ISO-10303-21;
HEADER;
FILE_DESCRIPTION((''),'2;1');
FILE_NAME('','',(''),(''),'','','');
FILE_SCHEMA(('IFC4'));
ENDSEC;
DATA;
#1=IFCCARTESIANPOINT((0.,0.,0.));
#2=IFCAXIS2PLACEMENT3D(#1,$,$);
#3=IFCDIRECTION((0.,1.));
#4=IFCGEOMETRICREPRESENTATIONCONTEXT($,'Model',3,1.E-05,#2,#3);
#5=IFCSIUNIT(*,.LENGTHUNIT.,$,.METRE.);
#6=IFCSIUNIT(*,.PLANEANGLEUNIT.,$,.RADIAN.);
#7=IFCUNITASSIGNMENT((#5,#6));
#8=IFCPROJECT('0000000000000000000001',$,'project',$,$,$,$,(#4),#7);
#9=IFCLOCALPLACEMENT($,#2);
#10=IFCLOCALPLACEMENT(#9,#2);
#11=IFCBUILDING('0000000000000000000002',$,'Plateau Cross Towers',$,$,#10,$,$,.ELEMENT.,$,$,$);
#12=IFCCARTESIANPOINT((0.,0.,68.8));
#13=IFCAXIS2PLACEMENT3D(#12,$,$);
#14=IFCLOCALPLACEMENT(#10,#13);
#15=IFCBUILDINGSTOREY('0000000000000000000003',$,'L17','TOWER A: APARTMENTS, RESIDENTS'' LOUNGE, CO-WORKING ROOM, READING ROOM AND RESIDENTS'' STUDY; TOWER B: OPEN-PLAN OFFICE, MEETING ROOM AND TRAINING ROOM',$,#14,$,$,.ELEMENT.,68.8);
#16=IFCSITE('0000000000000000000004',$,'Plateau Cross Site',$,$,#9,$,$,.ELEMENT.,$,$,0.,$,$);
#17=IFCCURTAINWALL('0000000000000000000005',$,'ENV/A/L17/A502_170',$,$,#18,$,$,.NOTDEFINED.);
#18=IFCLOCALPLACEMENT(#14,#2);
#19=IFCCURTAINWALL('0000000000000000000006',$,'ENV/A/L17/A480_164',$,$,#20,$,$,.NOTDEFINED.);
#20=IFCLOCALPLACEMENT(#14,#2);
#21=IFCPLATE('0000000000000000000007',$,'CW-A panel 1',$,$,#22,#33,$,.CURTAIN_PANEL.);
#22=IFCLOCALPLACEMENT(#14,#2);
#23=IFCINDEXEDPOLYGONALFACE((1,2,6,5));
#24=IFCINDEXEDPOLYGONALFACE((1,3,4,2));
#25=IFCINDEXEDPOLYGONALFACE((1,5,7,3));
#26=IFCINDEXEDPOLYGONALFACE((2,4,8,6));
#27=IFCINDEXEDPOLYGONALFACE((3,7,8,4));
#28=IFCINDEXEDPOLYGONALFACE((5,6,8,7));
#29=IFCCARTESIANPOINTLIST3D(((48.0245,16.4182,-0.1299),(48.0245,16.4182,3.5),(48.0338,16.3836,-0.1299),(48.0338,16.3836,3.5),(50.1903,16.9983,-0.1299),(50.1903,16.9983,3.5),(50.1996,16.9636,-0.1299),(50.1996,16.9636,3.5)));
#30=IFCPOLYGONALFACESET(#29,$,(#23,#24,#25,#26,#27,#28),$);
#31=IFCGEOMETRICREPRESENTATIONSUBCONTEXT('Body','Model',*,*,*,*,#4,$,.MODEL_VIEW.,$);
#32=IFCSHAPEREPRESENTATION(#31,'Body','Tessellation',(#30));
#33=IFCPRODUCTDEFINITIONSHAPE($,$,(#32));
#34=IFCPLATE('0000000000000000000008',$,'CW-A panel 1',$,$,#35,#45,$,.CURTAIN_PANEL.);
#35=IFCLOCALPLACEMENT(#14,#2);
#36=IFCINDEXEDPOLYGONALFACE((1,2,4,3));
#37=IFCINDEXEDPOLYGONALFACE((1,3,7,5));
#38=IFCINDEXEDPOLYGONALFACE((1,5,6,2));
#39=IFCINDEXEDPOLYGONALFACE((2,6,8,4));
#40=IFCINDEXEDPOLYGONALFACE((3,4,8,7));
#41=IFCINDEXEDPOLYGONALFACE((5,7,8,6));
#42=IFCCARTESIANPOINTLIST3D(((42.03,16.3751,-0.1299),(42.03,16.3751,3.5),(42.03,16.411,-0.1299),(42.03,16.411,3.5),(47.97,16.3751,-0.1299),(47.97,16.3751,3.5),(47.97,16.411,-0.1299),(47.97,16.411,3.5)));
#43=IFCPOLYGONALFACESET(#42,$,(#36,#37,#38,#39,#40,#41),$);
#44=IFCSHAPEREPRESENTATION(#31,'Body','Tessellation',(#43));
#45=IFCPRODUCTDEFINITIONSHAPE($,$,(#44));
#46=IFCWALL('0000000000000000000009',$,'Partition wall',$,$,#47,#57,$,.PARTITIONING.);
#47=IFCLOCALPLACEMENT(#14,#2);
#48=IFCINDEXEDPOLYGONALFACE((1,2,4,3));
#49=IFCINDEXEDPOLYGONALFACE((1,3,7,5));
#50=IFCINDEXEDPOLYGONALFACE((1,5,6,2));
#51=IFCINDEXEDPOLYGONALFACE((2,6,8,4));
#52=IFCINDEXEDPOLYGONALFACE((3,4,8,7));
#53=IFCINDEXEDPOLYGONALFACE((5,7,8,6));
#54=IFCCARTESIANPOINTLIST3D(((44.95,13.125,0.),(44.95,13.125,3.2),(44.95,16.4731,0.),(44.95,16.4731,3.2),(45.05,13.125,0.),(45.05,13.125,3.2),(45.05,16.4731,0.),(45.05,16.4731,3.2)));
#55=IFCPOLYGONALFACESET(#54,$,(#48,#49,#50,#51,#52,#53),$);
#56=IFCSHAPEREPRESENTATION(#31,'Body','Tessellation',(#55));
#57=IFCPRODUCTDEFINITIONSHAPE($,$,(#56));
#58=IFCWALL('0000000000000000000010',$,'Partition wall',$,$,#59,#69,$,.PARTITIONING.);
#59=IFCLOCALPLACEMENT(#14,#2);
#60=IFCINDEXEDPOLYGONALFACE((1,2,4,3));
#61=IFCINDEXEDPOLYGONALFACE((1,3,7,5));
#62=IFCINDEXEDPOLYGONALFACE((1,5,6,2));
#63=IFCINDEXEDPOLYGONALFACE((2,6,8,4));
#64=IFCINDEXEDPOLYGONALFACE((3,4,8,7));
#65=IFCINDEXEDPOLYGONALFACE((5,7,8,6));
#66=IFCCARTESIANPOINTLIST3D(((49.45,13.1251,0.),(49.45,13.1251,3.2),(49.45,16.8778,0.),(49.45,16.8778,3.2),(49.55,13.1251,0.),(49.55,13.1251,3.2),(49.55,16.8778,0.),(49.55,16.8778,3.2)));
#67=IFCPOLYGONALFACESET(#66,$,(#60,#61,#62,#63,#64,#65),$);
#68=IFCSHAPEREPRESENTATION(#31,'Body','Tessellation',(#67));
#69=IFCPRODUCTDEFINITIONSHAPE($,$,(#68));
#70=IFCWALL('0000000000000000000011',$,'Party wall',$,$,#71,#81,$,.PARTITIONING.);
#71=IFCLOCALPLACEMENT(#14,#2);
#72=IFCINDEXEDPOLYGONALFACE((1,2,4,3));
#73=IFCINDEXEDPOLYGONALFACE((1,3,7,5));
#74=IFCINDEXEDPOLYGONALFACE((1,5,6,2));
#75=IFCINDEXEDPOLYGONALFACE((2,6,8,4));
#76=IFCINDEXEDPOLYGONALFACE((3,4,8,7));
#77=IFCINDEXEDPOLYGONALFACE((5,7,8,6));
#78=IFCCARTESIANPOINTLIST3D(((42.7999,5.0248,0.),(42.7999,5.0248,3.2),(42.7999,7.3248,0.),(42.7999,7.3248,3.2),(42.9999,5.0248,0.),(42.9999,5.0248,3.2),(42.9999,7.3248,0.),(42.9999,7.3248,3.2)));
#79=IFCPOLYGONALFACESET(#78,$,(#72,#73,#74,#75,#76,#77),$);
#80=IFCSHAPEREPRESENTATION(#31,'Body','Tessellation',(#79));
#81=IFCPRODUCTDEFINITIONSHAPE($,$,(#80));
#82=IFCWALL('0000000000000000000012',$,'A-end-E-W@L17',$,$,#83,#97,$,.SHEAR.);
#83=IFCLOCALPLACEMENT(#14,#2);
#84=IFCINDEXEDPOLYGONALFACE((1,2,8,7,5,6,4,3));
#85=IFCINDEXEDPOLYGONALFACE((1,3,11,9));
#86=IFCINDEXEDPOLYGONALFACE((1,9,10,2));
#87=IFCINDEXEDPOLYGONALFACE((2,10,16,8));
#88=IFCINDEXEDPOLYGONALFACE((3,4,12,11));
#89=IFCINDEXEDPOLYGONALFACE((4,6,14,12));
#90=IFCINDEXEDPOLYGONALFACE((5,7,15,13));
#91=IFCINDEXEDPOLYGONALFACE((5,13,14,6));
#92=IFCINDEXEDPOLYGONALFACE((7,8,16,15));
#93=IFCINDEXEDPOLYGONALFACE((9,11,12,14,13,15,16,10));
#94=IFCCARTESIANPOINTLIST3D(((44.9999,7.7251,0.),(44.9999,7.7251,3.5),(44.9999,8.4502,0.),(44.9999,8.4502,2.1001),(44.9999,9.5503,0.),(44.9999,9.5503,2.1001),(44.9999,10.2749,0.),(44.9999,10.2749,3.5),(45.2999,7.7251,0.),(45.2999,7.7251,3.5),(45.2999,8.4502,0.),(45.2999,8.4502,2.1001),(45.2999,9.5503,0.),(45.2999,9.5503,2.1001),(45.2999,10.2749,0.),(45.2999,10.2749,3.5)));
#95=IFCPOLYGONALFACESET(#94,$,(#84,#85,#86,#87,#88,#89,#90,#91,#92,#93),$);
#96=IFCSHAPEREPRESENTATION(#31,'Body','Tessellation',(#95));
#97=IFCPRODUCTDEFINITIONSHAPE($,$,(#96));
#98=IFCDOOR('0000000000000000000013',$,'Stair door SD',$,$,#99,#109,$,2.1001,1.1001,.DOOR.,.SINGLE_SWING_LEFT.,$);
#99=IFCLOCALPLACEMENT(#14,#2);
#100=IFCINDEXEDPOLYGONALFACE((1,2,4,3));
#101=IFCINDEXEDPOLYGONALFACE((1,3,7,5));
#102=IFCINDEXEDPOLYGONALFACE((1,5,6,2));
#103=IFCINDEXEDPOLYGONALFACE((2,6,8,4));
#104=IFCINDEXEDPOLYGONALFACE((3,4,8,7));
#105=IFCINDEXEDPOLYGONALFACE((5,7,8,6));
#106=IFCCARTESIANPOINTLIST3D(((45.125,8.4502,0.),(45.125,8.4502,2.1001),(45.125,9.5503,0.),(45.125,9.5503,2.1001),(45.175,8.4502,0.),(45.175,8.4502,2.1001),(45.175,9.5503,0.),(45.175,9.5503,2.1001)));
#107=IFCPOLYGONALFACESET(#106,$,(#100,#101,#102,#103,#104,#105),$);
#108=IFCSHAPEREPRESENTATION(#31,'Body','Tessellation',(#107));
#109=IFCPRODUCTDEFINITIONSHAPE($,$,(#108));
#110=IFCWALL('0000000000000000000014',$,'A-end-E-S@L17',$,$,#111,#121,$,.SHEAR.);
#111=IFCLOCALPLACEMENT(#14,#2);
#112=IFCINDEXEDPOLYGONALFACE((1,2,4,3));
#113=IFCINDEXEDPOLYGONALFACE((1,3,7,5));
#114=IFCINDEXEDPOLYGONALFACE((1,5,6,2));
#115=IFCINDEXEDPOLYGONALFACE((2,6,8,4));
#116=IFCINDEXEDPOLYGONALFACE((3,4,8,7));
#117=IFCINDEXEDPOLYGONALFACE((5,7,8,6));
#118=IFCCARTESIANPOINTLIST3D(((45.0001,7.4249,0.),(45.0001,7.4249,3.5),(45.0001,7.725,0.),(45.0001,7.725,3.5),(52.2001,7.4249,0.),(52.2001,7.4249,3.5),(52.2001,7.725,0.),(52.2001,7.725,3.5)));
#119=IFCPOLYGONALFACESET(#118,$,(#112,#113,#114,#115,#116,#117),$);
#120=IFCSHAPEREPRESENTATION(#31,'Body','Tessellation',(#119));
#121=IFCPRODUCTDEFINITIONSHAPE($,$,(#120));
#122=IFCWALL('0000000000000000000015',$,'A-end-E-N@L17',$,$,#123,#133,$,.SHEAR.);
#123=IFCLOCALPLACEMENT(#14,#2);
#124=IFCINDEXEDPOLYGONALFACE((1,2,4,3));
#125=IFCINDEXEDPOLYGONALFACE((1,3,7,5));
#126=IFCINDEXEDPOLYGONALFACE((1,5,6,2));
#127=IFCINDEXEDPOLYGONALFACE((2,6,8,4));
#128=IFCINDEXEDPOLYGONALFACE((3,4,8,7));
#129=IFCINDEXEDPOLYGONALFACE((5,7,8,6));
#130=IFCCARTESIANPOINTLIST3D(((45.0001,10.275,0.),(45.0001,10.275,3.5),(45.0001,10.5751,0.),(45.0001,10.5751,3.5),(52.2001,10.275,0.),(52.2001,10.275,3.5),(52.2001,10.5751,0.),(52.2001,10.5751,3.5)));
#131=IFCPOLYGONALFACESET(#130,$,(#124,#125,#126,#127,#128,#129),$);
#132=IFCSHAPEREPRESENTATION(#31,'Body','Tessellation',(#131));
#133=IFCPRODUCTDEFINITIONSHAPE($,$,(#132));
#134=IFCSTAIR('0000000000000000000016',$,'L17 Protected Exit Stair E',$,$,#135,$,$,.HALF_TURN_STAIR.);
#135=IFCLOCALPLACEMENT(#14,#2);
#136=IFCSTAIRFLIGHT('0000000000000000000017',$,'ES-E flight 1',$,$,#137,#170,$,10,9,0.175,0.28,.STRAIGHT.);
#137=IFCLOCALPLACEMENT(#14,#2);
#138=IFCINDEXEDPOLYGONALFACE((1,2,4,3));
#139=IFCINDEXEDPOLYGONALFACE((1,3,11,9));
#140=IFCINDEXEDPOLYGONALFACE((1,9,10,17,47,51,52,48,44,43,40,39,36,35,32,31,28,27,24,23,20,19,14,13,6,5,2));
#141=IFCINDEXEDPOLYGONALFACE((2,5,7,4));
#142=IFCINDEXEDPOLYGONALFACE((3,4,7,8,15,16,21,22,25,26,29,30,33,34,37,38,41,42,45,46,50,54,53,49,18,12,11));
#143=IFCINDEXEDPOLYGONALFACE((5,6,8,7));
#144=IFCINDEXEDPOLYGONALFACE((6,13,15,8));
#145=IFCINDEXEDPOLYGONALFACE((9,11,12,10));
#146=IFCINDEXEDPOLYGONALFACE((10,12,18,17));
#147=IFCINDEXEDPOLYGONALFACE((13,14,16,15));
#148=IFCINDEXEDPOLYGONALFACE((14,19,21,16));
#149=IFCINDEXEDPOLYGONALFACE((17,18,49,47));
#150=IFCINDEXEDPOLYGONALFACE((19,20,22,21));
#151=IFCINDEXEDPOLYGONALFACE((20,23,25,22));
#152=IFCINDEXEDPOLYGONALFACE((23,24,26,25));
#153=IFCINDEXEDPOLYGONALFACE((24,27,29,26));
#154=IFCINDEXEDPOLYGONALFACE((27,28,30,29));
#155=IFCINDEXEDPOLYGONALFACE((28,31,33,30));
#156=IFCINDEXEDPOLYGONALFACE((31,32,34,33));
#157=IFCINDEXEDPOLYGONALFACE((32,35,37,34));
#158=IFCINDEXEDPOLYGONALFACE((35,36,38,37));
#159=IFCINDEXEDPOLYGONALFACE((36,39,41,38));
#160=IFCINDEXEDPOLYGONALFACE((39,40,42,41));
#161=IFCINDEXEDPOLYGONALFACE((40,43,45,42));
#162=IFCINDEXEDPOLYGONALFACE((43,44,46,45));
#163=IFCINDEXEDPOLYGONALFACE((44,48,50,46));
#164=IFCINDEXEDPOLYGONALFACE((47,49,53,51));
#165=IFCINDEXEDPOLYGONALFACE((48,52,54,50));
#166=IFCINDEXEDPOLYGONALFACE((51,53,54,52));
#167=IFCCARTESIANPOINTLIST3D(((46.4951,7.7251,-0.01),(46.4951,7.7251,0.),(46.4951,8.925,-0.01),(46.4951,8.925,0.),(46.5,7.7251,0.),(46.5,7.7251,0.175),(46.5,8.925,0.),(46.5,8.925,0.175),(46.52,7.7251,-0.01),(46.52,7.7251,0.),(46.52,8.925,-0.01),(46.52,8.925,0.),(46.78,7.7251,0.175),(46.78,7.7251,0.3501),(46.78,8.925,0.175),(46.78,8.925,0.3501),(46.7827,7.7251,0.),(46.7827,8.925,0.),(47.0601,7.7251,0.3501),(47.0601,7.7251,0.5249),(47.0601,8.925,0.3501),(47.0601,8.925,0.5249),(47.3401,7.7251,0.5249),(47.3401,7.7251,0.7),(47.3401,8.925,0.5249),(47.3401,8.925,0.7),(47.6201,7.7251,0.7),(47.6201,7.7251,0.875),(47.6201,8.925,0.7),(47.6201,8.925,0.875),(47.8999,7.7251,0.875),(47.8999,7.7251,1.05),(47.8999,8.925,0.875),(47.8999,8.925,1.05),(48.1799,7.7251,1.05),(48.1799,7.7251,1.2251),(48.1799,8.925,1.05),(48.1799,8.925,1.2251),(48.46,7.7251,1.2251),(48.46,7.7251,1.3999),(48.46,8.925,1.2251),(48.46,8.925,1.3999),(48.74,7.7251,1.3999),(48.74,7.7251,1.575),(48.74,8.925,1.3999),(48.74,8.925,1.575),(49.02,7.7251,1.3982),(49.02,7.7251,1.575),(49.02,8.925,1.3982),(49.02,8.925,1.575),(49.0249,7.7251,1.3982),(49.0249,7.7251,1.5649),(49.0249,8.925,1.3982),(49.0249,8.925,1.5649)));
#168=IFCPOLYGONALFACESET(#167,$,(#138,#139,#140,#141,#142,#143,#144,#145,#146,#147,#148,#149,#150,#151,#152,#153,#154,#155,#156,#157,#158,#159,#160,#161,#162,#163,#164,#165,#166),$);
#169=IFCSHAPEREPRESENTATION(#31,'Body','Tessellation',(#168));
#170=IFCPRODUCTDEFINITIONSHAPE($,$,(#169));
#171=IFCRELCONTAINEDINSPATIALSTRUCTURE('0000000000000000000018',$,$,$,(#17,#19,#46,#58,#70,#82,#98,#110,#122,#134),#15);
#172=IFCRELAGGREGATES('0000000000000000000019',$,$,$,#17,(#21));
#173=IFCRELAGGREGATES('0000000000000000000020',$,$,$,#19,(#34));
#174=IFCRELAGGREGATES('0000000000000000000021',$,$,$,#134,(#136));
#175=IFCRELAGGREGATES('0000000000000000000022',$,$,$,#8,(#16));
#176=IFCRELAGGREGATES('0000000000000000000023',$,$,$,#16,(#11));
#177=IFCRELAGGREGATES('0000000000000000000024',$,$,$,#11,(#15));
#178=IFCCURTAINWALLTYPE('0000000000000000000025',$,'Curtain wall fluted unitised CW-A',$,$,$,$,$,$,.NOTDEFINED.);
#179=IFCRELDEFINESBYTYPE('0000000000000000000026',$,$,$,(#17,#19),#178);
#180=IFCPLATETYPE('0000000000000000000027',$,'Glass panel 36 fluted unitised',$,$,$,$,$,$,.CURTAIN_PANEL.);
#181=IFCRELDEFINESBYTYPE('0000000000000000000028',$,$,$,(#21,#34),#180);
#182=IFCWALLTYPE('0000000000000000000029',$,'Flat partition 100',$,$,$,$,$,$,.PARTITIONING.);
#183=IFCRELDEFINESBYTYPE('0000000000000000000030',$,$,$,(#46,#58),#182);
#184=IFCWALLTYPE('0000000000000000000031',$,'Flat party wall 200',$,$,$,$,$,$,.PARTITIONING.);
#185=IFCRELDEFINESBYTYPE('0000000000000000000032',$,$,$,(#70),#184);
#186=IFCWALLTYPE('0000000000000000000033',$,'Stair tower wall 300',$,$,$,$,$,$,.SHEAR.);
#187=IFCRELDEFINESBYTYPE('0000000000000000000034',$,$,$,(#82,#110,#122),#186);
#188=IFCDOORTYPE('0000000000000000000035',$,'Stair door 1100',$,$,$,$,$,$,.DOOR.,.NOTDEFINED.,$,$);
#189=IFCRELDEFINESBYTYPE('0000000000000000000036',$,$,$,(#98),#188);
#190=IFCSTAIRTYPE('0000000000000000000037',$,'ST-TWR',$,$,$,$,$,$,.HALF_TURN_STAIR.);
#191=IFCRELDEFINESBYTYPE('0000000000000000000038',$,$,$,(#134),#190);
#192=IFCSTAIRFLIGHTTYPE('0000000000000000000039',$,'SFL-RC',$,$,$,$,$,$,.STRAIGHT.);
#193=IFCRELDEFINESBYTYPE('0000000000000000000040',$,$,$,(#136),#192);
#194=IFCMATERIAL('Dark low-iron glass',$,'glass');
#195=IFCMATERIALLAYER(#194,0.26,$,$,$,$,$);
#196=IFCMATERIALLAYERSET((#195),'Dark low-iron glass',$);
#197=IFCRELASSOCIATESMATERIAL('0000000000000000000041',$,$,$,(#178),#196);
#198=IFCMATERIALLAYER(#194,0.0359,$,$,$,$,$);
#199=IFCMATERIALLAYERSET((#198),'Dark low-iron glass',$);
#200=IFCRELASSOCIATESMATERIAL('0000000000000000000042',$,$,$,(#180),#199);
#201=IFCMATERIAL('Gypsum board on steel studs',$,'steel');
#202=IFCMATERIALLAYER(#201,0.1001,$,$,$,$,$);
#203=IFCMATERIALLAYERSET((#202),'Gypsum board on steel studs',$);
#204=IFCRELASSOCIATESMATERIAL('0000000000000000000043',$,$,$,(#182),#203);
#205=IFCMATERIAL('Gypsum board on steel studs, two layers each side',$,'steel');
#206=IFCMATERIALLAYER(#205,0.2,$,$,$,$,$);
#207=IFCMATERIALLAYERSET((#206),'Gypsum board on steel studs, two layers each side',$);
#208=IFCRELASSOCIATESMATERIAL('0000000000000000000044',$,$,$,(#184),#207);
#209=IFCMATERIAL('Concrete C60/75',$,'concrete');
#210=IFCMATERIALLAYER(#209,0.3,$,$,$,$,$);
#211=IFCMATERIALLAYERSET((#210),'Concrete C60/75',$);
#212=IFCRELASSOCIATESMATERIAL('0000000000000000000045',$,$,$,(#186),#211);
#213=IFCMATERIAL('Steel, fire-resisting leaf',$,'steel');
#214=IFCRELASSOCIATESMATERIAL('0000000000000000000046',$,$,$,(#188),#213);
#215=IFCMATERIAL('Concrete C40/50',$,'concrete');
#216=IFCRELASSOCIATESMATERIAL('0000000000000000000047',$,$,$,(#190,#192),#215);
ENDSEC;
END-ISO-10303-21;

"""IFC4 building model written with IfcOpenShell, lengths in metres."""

from ifc_helpers import new_model, si_unit, direction, frame, frame_2d, origin, origin_2d, place, context, subcontext, project, spatial, polyline, rectangle, outline, extrude, material, layer, layer_set, type_object, element, fill, aggregate, save


model = new_model("IFC4")

# Units and contexts
model_context = context("Model", 3, precision=1e-05, world=origin(), true_north=direction((0.0, 1.0)))
body_context = subcontext(model_context, "Body", "Model", "MODEL_VIEW")
ifc_project = project(units=[si_unit("LENGTHUNIT", "METRE"), si_unit("PLANEANGLEUNIT", "RADIAN")], contexts=[model_context])

# Site, building, storey
site_placement = place(None, origin())
site = spatial("IfcSite", under=ifc_project, at=site_placement, Name="Plateau Cross Site", CompositionType="ELEMENT", RefElevation=0.0)
building_placement = place(site_placement, origin())
building = spatial("IfcBuilding", under=site, at=building_placement, Name="Plateau Cross Towers", CompositionType="ELEMENT")
storey_placement = place(building_placement, frame((0.0, 0.0, 68.8)))
storey = spatial("IfcBuildingStorey", under=building, at=storey_placement, Name="L17", Description="TOWER A: APARTMENTS, RESIDENTS' LOUNGE, CO-WORKING ROOM, READING ROOM AND RESIDENTS' STUDY; TOWER B: OPEN-PLAN OFFICE, MEETING ROOM AND TRAINING ROOM", CompositionType="ELEMENT", Elevation=68.8)

# Curtain walls
ifc_material_1 = material(Name="Dark low-iron glass", Category="glass")
ifc_layer_1 = layer(ifc_material_1, 0.26)
ifc_layer_set_1 = layer_set([ifc_layer_1], Name="Dark low-iron glass")
curtain_wall_type_1 = type_object("IfcCurtainWallType", Name="Curtain wall fluted unitised CW-A", PredefinedType="NOTDEFINED", material=ifc_layer_set_1)
curtain_wall_1_placement = place(storey_placement, origin())
curtain_wall_1 = element("IfcCurtainWall", 1, at=curtain_wall_1_placement, inside=storey, type_object=curtain_wall_type_1, Name="ENV/A/L17/A502_170", PredefinedType="NOTDEFINED")
curtain_wall_2_placement = place(storey_placement, origin())
curtain_wall_2 = element("IfcCurtainWall", 2, at=curtain_wall_2_placement, inside=storey, type_object=curtain_wall_type_1, Name="ENV/A/L17/A480_164", PredefinedType="NOTDEFINED")

# Shared definitions
ifc_layer_2 = layer(ifc_material_1, 0.0359)
ifc_layer_set_2 = layer_set([ifc_layer_2], Name="Dark low-iron glass")
plate_type_1 = type_object("IfcPlateType", Name="Glass panel 36 fluted unitised", PredefinedType="CURTAIN_PANEL", material=ifc_layer_set_2)

# Plates
plate_1_placement = place(storey_placement, frame((49.1121, 16.6909, -0.1299), z_axis=(0.0, 0.0, 1.0), x_axis=(-0.965958, -0.258699, 0.0)))
plate_1 = element("IfcPlate", 3, at=plate_1_placement, type_object=plate_type_1, Name="CW-A panel 1", PredefinedType="CURTAIN_PANEL", context=body_context, shape_type="SweptSolid", body=[
    extrude(rectangle(XDim=2.2422, YDim=0.0359, at=origin_2d()), origin(), (0.0, 0.0, 1.0), 3.6299),
])
aggregate(curtain_wall_1, [plate_1])
plate_2_placement = place(storey_placement, frame((45.0, 16.3931, -0.1299), z_axis=(0.0, 0.0, 1.0), x_axis=(-1.0, 0.0, 0.0)))
plate_2 = element("IfcPlate", 4, at=plate_2_placement, type_object=plate_type_1, Name="CW-A panel 1", PredefinedType="CURTAIN_PANEL", context=body_context, shape_type="SweptSolid", body=[
    extrude(rectangle(XDim=5.9399, YDim=0.0359, at=origin_2d()), origin(), (0.0, 0.0, 1.0), 3.6299),
])
aggregate(curtain_wall_2, [plate_2])

# Walls
ifc_material_2 = material(Name="Gypsum board on steel studs", Category="steel")
ifc_layer_3 = layer(ifc_material_2, 0.1001)
ifc_layer_set_3 = layer_set([ifc_layer_3], Name="Gypsum board on steel studs")
wall_type_1 = type_object("IfcWallType", Name="Flat partition 100", PredefinedType="PARTITIONING", material=ifc_layer_set_3)
wall_1_placement = place(storey_placement, frame((45.0, 13.125, 0.0), z_axis=(0.0, 0.0, 1.0), x_axis=(0.0, 1.0, 0.0)))
element("IfcWall", 5, at=wall_1_placement, inside=storey, type_object=wall_type_1, Name="Partition wall", PredefinedType="PARTITIONING", context=body_context, shape_type="SweptSolid", body=[
    extrude(rectangle(XDim=3.3481, YDim=0.1001, at=frame_2d((1.6741, 0.0))), origin(), (0.0, 0.0, 1.0), 3.2),
])
wall_2_placement = place(storey_placement, frame((49.5, 13.125, 0.0), z_axis=(0.0, 0.0, 1.0), x_axis=(0.0, 1.0, 0.0)))
element("IfcWall", 6, at=wall_2_placement, inside=storey, type_object=wall_type_1, Name="Partition wall", PredefinedType="PARTITIONING", context=body_context, shape_type="SweptSolid", body=[
    extrude(rectangle(XDim=3.7527, YDim=0.1001, at=frame_2d((1.8765, 0.0))), origin(), (0.0, 0.0, 1.0), 3.2),
])
ifc_material_3 = material(Name="Gypsum board on steel studs, two layers each side", Category="steel")
ifc_layer_4 = layer(ifc_material_3, 0.2)
ifc_layer_set_4 = layer_set([ifc_layer_4], Name="Gypsum board on steel studs, two layers each side")
wall_type_2 = type_object("IfcWallType", Name="Flat party wall 200", PredefinedType="PARTITIONING", material=ifc_layer_set_4)
wall_3_placement = place(storey_placement, frame((42.8999, 5.0249, 0.0), z_axis=(0.0, 0.0, 1.0), x_axis=(0.0, 1.0, 0.0)))
element("IfcWall", 7, at=wall_3_placement, inside=storey, type_object=wall_type_2, Name="Party wall", PredefinedType="PARTITIONING", context=body_context, shape_type="SweptSolid", body=[
    extrude(rectangle(XDim=2.3, YDim=0.2, at=frame_2d((1.1499, 0.0))), origin(), (0.0, 0.0, 1.0), 3.2),
])

# Wall, opening, door
ifc_material_4 = material(Name="Concrete C60/75", Category="concrete")
ifc_layer_5 = layer(ifc_material_4, 0.3)
ifc_layer_set_5 = layer_set([ifc_layer_5], Name="Concrete C60/75")
wall_type_3 = type_object("IfcWallType", Name="Stair tower wall 300", PredefinedType="SHEAR", material=ifc_layer_set_5)
wall_4_placement = place(storey_placement, frame((45.1499, 7.7251, 0.0), z_axis=(0.0, 0.0, 1.0), x_axis=(0.0, 1.0, 0.0)))
wall_4 = element("IfcWall", 8, at=wall_4_placement, inside=storey, type_object=wall_type_3, Name="A-end-E-W@L17", PredefinedType="SHEAR", context=body_context, shape_type="SweptSolid", body=[
    extrude(rectangle(XDim=2.5498, YDim=0.3, at=frame_2d((1.2749, 0.0))), origin(), (0.0, 0.0, 1.0), 3.5),
])
opening_placement = place(wall_4_placement, frame((0.7251, 0.0, 0.0)))
opening = element("IfcOpeningElement", 9, at=opening_placement, cuts=wall_4, PredefinedType="OPENING", context=body_context, shape_type="SweptSolid", body=[
    extrude(rectangle(XDim=1.1001, YDim=2.1001, at=frame_2d((0.55, 1.05))), frame((0.0, 0.1599, 0.0), z_axis=(0.0, -1.0, 0.0), x_axis=(1.0, 0.0, 0.0)), (0.0, 0.0, 1.0), 0.3201),
])
ifc_material_5 = material(Name="Steel, fire-resisting leaf", Category="steel")
door_type = type_object("IfcDoorType", Name="Stair door 1100", OperationType="NOTDEFINED", PredefinedType="DOOR", material=ifc_material_5)
door_placement = place(opening_placement, origin())
door = element("IfcDoor", 10, at=door_placement, inside=storey, type_object=door_type, Name="Stair door SD", OperationType="SINGLE_SWING_LEFT", OverallHeight=2.1001, OverallWidth=1.1001, PredefinedType="DOOR", context=body_context, shape_type="SweptSolid", body=[
    extrude(rectangle(XDim=1.1001, YDim=2.1001, at=frame_2d((0.55, 1.05))), frame((0.0, 0.0249, 0.0), z_axis=(0.0, -1.0, 0.0), x_axis=(1.0, 0.0, 0.0)), (0.0, 0.0, 1.0), 0.05),
])
fill(opening, door)

# Walls
for number, where, z_axis, x_axis, name in (
    (11, (45.0, 7.575, 0.0), (0.0, 0.0, 1.0), (1.0, 0.0, 0.0), "A-end-E-S@L17"),
    (12, (45.0, 10.425, 0.0), (0.0, 0.0, 1.0), (1.0, 0.0, 0.0), "A-end-E-N@L17"),
):
    element("IfcWall", number, at=place(storey_placement, frame(where, z_axis=z_axis, x_axis=x_axis)), inside=storey, type_object=wall_type_3, Name=name, PredefinedType="SHEAR", context=body_context, shape_type="SweptSolid", body=[
        extrude(rectangle(XDim=7.2, YDim=0.3, at=frame_2d((3.6001, 0.0))), origin(), (0.0, 0.0, 1.0), 3.5),
    ])

# Stair, stair flight
ifc_material_6 = material(Name="Concrete C40/50", Category="concrete")
stair_type = type_object("IfcStairType", Name="ST-TWR", PredefinedType="HALF_TURN_STAIR", material=ifc_material_6)
stair_placement = place(storey_placement, origin())
stair = element("IfcStair", 13, at=stair_placement, inside=storey, type_object=stair_type, Name="L17 Protected Exit Stair E", PredefinedType="HALF_TURN_STAIR")
stair_flight_type = type_object("IfcStairFlightType", Name="SFL-RC", PredefinedType="STRAIGHT", material=ifc_material_6)
stair_flight_1_placement = place(storey_placement, frame((46.5, 8.325, 0.0), z_axis=(0.0, 0.0, 1.0), x_axis=(1.0, 0.0, 0.0)))
stair_flight_1 = element("IfcStairFlight", 14, at=stair_flight_1_placement, type_object=stair_flight_type, Name="ES-E flight 1", NumberOfRisers=10, NumberOfTreads=9, PredefinedType="STRAIGHT", RiserHeight=0.175, TreadLength=0.28, context=body_context, shape_type="SweptSolid", body=[
    extrude(outline(polyline([(-0.0049, -0.01), (-0.0049, 0.0), (0.0, 0.0), (0.0, 0.175), (0.28, 0.175), (0.28, 0.3501), (0.5601, 0.3501), (0.5601, 0.5249), (0.8401, 0.5249), (0.8401, 0.7), (1.1201, 0.7), (1.1201, 0.875), (1.3999, 0.875), (1.3999, 1.05), (1.6799, 1.05), (1.6799, 1.2251), (1.96, 1.2251), (1.96, 1.3999), (2.24, 1.3999), (2.24, 1.575), (2.52, 1.575), (2.5249, 1.5649), (2.5249, 1.3982), (2.52, 1.3982), (0.2827, 0.0), (0.02, 0.0), (0.02, -0.01), (-0.0049, -0.01)])), frame((0.0, 0.6001, 0.0), z_axis=(0.0, -1.0, 0.0), x_axis=(1.0, 0.0, 0.0)), (0.0, 0.0, 1.0), 1.2),
])
aggregate(stair, [stair_flight_1])

save(model, "model.ifc")
